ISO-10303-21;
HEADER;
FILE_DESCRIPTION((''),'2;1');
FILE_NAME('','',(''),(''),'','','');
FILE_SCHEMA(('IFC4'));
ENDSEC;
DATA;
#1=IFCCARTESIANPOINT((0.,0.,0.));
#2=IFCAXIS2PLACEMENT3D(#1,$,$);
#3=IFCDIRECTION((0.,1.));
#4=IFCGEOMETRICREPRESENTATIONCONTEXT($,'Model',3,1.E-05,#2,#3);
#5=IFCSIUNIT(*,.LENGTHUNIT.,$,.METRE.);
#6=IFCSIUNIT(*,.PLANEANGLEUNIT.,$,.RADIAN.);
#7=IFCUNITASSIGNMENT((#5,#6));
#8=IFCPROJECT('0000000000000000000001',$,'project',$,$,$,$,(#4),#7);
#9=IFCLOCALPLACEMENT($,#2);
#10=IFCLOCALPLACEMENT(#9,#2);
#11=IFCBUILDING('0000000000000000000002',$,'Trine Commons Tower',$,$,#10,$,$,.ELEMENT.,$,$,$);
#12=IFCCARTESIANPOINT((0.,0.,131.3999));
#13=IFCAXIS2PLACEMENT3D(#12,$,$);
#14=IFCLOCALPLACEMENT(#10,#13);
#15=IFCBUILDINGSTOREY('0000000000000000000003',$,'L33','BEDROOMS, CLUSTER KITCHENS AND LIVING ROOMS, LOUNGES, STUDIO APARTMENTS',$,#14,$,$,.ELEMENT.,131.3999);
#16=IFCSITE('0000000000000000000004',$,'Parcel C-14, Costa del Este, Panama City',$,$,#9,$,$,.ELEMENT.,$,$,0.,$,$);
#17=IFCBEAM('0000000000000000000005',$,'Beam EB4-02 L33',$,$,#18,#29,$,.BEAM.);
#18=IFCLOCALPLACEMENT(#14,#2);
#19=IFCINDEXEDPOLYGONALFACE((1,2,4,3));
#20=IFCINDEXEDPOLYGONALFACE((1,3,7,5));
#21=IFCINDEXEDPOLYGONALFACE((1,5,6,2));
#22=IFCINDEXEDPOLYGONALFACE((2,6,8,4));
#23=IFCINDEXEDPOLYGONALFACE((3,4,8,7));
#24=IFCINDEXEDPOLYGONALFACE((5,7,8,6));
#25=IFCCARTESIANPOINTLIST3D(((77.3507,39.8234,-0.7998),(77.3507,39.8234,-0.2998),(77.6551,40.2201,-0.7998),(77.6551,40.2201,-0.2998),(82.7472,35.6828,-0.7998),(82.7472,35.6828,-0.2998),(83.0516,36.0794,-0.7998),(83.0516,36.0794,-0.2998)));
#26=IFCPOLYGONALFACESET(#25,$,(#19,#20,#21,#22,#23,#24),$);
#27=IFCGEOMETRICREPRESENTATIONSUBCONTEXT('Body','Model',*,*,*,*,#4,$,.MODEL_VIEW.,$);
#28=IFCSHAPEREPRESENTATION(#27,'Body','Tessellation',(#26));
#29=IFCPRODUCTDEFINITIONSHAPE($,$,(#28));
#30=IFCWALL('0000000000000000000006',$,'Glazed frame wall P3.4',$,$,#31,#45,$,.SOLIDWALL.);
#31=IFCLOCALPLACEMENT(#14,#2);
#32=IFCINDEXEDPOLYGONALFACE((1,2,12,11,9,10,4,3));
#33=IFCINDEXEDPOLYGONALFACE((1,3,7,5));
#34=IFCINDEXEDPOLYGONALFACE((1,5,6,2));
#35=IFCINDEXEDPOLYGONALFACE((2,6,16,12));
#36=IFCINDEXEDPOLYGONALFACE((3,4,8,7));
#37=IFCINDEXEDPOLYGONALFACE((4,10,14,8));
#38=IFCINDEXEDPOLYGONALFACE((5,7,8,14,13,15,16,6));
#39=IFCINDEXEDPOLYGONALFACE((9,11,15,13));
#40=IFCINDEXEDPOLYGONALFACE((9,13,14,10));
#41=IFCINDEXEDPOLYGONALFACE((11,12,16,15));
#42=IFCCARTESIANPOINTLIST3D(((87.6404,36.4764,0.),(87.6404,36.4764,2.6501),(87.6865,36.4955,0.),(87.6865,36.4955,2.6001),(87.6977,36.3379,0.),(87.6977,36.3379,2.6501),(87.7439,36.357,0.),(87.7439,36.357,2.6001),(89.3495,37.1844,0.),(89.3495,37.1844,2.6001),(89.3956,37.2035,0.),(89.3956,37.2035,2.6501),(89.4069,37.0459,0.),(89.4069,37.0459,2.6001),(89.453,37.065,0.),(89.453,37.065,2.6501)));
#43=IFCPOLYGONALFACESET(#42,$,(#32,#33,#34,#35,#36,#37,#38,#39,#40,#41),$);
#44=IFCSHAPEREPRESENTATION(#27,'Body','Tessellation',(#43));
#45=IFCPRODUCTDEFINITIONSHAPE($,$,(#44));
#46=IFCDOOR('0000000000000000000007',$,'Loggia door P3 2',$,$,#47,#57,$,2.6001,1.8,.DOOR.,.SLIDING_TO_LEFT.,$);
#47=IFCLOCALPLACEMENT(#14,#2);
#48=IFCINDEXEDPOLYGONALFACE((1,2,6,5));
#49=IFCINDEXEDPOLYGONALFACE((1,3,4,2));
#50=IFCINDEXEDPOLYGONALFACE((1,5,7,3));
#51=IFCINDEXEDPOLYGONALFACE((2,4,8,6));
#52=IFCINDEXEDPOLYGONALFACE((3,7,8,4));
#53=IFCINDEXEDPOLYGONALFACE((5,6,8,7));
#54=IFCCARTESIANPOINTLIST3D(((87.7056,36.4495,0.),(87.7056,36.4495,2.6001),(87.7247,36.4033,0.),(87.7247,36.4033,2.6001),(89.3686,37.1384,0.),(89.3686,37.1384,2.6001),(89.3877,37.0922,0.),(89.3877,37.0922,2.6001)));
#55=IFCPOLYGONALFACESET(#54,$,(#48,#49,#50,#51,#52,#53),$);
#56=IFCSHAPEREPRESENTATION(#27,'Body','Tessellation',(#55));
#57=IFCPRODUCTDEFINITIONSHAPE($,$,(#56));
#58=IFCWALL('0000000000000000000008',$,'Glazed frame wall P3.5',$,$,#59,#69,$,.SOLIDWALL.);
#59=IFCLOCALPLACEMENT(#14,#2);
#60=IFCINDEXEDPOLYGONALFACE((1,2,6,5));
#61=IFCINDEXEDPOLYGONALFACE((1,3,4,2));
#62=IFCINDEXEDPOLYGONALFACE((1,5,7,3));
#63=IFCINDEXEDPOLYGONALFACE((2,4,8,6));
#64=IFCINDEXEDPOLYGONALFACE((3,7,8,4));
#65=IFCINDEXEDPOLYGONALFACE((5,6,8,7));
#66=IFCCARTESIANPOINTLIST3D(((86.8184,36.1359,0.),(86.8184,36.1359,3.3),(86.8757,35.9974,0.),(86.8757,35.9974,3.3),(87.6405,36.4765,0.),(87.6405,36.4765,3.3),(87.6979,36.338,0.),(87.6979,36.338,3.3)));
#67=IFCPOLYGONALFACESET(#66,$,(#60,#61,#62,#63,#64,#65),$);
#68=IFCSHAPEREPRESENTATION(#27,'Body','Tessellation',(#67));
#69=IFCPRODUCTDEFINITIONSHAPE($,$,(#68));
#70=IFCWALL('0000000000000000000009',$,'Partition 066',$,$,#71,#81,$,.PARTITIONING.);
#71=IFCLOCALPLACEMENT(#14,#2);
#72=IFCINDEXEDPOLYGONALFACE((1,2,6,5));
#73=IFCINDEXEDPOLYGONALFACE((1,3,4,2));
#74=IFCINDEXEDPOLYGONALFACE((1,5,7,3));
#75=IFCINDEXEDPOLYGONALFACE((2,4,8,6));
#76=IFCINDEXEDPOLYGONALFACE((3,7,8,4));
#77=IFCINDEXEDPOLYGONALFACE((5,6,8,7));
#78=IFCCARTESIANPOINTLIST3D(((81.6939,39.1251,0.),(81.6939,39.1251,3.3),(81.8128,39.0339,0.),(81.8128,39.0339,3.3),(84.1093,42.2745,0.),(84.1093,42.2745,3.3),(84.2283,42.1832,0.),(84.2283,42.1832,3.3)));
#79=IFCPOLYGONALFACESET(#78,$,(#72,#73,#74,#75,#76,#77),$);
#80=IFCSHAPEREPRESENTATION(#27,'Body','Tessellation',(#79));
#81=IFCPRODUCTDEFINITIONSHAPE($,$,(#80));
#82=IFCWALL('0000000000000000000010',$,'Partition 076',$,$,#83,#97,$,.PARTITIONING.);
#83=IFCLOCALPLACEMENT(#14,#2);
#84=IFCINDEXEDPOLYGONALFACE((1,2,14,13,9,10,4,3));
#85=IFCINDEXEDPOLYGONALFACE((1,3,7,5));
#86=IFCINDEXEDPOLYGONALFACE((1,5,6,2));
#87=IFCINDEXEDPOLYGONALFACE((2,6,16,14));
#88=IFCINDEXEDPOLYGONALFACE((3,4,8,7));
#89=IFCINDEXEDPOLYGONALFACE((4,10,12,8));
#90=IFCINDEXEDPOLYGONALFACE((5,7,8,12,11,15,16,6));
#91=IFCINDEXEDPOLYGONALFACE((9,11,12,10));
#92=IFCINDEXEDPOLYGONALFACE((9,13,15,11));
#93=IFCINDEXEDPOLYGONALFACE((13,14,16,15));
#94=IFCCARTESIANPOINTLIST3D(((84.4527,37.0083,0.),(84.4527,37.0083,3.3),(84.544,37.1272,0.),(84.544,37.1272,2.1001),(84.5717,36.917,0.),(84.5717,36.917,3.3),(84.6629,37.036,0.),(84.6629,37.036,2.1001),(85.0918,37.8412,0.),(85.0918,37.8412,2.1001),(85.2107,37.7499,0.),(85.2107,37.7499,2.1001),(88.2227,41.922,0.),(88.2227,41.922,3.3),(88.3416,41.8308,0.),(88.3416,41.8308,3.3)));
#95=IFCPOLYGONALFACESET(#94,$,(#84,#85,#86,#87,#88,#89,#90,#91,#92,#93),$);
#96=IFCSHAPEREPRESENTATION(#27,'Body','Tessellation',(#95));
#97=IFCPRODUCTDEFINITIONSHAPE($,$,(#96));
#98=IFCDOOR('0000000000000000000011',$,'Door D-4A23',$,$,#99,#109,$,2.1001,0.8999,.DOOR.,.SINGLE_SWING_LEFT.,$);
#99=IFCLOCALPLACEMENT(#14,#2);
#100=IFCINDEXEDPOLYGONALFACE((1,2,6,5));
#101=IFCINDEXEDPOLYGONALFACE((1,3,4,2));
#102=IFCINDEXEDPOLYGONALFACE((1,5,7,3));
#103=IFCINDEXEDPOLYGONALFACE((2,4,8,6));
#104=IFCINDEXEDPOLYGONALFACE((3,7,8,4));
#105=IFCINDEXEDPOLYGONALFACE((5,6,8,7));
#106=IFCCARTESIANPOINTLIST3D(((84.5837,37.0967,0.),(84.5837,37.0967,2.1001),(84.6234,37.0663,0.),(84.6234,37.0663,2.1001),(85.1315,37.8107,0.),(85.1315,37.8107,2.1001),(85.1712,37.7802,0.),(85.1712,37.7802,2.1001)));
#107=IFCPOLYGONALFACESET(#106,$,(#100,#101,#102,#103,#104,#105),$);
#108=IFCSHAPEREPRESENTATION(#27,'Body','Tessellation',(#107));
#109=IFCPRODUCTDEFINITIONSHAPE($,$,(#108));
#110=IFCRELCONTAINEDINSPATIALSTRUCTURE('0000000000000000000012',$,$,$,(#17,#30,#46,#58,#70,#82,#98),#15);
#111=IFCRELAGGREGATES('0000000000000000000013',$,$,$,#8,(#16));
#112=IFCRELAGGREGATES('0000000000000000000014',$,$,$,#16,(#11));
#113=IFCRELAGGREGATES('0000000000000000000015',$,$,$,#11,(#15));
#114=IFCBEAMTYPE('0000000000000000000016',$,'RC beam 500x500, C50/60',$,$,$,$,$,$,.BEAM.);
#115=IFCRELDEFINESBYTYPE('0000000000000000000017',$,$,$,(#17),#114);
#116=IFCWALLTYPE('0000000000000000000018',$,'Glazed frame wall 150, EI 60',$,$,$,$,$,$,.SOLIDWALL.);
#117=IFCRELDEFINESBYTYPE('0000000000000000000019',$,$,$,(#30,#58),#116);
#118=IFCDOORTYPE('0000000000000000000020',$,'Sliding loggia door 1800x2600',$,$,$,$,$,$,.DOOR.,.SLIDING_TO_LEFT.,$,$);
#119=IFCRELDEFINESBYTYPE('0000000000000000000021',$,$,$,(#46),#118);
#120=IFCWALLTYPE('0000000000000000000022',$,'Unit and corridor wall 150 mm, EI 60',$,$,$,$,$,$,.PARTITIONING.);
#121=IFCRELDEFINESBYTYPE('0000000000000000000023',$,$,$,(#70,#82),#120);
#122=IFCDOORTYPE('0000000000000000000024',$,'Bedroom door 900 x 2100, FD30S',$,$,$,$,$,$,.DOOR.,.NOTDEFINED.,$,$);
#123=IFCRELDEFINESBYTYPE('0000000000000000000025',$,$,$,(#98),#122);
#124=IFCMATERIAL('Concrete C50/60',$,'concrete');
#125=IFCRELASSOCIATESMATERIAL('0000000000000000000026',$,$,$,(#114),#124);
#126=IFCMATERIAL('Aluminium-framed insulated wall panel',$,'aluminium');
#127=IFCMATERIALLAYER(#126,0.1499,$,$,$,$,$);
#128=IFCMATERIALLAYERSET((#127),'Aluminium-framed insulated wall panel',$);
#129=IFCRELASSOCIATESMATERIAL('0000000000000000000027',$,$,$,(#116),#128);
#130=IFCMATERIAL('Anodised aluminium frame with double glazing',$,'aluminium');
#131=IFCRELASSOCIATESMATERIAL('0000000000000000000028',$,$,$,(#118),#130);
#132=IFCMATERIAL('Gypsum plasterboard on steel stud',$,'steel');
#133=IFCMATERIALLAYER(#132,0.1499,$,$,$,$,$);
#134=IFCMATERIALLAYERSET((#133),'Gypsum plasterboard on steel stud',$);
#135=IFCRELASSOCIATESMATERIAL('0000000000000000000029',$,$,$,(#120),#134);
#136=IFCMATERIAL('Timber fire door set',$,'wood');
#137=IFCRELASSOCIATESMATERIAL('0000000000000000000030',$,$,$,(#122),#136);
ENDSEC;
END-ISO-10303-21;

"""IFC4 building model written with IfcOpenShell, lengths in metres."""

from ifc_helpers import new_model, si_unit, direction, frame, frame_2d, origin, origin_2d, place, context, subcontext, project, spatial, polyline, rectangle, outline, extrude, material, layer, layer_set, material_profile, profile_set, type_object, element, fill, save


model = new_model("IFC4")

# Units and contexts
model_context = context("Model", 3, precision=1e-05, world=origin(), true_north=direction((0.0, 1.0)))
body_context = subcontext(model_context, "Body", "Model", "MODEL_VIEW")
ifc_project = project(units=[si_unit("LENGTHUNIT", "METRE"), si_unit("PLANEANGLEUNIT", "RADIAN")], contexts=[model_context])

# Site, building, storey
site_placement = place(None, origin())
site = spatial("IfcSite", under=ifc_project, at=site_placement, Name="Parcel C-14, Costa del Este, Panama City", CompositionType="ELEMENT", RefElevation=0.0)
building_placement = place(site_placement, origin())
building = spatial("IfcBuilding", under=site, at=building_placement, Name="Trine Commons Tower", CompositionType="ELEMENT")
storey_placement = place(building_placement, frame((0.0, 0.0, 131.3999)))
storey = spatial("IfcBuildingStorey", under=building, at=storey_placement, Name="L33", Description="BEDROOMS, CLUSTER KITCHENS AND LIVING ROOMS, LOUNGES, STUDIO APARTMENTS", CompositionType="ELEMENT", Elevation=131.3999)

# Beam
ifc_material_1 = material(Name="Concrete C50/60", Category="concrete")
ifc_material_profile = material_profile(ifc_material_1, rectangle(XDim=0.5, YDim=0.5, at=origin_2d()), Name="RC 500x500")
ifc_profile_set = profile_set([ifc_material_profile], Name="Concrete C50/60")
beam_type = type_object("IfcBeamType", Name="RC beam 500x500, C50/60", PredefinedType="BEAM", material=ifc_profile_set)
beam_placement = place(storey_placement, frame((82.8994, 35.8811, -0.5498), z_axis=(-0.793371, 0.608739, 0.0), x_axis=(-0.608739, -0.793371, 0.0)))
element("IfcBeam", 1, at=beam_placement, inside=storey, type_object=beam_type, Name="Beam EB4-02 L33", PredefinedType="BEAM", context=body_context, shape_type="SweptSolid", body=[
    extrude(rectangle(XDim=0.5, YDim=0.5, at=origin_2d()), origin(), (0.0, 0.0, 1.0), 6.802),
])

# Wall, opening, door
ifc_material_2 = material(Name="Aluminium-framed insulated wall panel", Category="aluminium")
ifc_layer_1 = layer(ifc_material_2, 0.1499)
ifc_layer_set_1 = layer_set([ifc_layer_1], Name="Aluminium-framed insulated wall panel")
wall_type_1 = type_object("IfcWallType", Name="Glazed frame wall 150, EI 60", PredefinedType="SOLIDWALL", material=ifc_layer_set_1)
wall_1_placement = place(storey_placement, frame((89.4243, 37.1343, 0.0), z_axis=(0.0, 0.0, 1.0), x_axis=(-0.92387, -0.382707, 0.0)))
wall_1 = element("IfcWall", 2, at=wall_1_placement, inside=storey, type_object=wall_type_1, Name="Glazed frame wall P3.4", PredefinedType="SOLIDWALL", context=body_context, shape_type="SweptSolid", body=[
    extrude(outline(polyline([(0.0, -0.075), (1.8999, -0.075), (1.8999, 0.075), (0.0, 0.075), (0.0, -0.075)])), origin(), (0.0, 0.0, 1.0), 2.6501),
])
opening_1_placement = place(wall_1_placement, frame((0.05, 0.0, 0.0)))
opening_1 = element("IfcOpeningElement", 3, at=opening_1_placement, cuts=wall_1, PredefinedType="OPENING", context=body_context, shape_type="SweptSolid", body=[
    extrude(rectangle(XDim=1.8, YDim=2.6001, at=frame_2d((0.8999, 1.3))), frame((0.0, 0.085, 0.0), z_axis=(0.0, -1.0, 0.0), x_axis=(1.0, 0.0, 0.0)), (0.0, 0.0, 1.0), 0.1699),
])
ifc_material_3 = material(Name="Anodised aluminium frame with double glazing", Category="aluminium")
door_type_1 = type_object("IfcDoorType", Name="Sliding loggia door 1800x2600", OperationType="SLIDING_TO_LEFT", PredefinedType="DOOR", material=ifc_material_3)
door_1_placement = place(opening_1_placement, origin())
door_1 = element("IfcDoor", 4, at=door_1_placement, inside=storey, type_object=door_type_1, Name="Loggia door P3 2", OperationType="SLIDING_TO_LEFT", OverallHeight=2.6001, OverallWidth=1.8, PredefinedType="DOOR", context=body_context, shape_type="SweptSolid", body=[
    extrude(rectangle(XDim=1.8, YDim=2.6001, at=frame_2d((0.8999, 1.3))), frame((0.0, 0.0249, 0.0), z_axis=(0.0, -1.0, 0.0), x_axis=(1.0, 0.0, 0.0)), (0.0, 0.0, 1.0), 0.05),
])
fill(opening_1, door_1)

# Walls
wall_2_placement = place(storey_placement, frame((87.6692, 36.4072, 0.0), z_axis=(0.0, 0.0, 1.0), x_axis=(-0.923862, -0.382725, 0.0)))
element("IfcWall", 5, at=wall_2_placement, inside=storey, type_object=wall_type_1, Name="Glazed frame wall P3.5", PredefinedType="SOLIDWALL", context=body_context, shape_type="SweptSolid", body=[
    extrude(outline(polyline([(0.8899, 0.075), (0.0, 0.075), (0.0, -0.075), (0.8899, -0.075), (0.8899, 0.075)])), origin(), (0.0, 0.0, 1.0), 3.3),
])
ifc_material_4 = material(Name="Gypsum plasterboard on steel stud", Category="steel")
ifc_layer_2 = layer(ifc_material_4, 0.1499)
ifc_layer_set_2 = layer_set([ifc_layer_2], Name="Gypsum plasterboard on steel stud")
wall_type_2 = type_object("IfcWallType", Name="Unit and corridor wall 150 mm, EI 60", PredefinedType="PARTITIONING", material=ifc_layer_set_2)
wall_3_placement = place(storey_placement, frame((81.7534, 39.0796, 0.0), z_axis=(0.0, 0.0, 1.0), x_axis=(0.608586, 0.793488, 0.0)))
element("IfcWall", 6, at=wall_3_placement, inside=storey, type_object=wall_type_2, Name="Partition 066", PredefinedType="PARTITIONING", context=body_context, shape_type="SweptSolid", body=[
    extrude(rectangle(XDim=3.969, YDim=0.1499, at=frame_2d((1.9844, 0.0))), origin(), (0.0, 0.0, 1.0), 3.3),
])

# Wall, opening, door
wall_4_placement = place(storey_placement, frame((84.5122, 36.9626, 0.0), z_axis=(0.0, 0.0, 1.0), x_axis=(0.608712, 0.793391, 0.0)))
wall_4 = element("IfcWall", 7, at=wall_4_placement, inside=storey, type_object=wall_type_2, Name="Partition 076", PredefinedType="PARTITIONING", context=body_context, shape_type="SweptSolid", body=[
    extrude(rectangle(XDim=6.1934, YDim=0.1499, at=frame_2d((3.0967, 0.0))), origin(), (0.0, 0.0, 1.0), 3.3),
])
opening_2_placement = place(wall_4_placement, frame((0.1499, 0.0, 0.0)))
opening_2 = element("IfcOpeningElement", 8, at=opening_2_placement, cuts=wall_4, PredefinedType="OPENING", context=body_context, shape_type="SweptSolid", body=[
    extrude(rectangle(XDim=0.8999, YDim=2.1001, at=frame_2d((0.45, 1.05))), frame((0.0, 0.085, 0.0), z_axis=(0.0, -1.0, 0.0), x_axis=(1.0, 0.0, 0.0)), (0.0, 0.0, 1.0), 0.1699),
])
ifc_material_5 = material(Name="Timber fire door set", Category="wood")
door_type_2 = type_object("IfcDoorType", Name="Bedroom door 900 x 2100, FD30S", OperationType="NOTDEFINED", PredefinedType="DOOR", material=ifc_material_5)
door_2_placement = place(opening_2_placement, origin())
door_2 = element("IfcDoor", 9, at=door_2_placement, inside=storey, type_object=door_type_2, Name="Door D-4A23", OperationType="SINGLE_SWING_LEFT", OverallHeight=2.1001, OverallWidth=0.8999, PredefinedType="DOOR", context=body_context, shape_type="SweptSolid", body=[
    extrude(rectangle(XDim=0.8999, YDim=2.1001, at=frame_2d((0.45, 1.05))), frame((0.0, 0.0249, 0.0), z_axis=(0.0, -1.0, 0.0), x_axis=(1.0, 0.0, 0.0)), (0.0, 0.0, 1.0), 0.05),
])
fill(opening_2, door_2)

save(model, "model.ifc")
